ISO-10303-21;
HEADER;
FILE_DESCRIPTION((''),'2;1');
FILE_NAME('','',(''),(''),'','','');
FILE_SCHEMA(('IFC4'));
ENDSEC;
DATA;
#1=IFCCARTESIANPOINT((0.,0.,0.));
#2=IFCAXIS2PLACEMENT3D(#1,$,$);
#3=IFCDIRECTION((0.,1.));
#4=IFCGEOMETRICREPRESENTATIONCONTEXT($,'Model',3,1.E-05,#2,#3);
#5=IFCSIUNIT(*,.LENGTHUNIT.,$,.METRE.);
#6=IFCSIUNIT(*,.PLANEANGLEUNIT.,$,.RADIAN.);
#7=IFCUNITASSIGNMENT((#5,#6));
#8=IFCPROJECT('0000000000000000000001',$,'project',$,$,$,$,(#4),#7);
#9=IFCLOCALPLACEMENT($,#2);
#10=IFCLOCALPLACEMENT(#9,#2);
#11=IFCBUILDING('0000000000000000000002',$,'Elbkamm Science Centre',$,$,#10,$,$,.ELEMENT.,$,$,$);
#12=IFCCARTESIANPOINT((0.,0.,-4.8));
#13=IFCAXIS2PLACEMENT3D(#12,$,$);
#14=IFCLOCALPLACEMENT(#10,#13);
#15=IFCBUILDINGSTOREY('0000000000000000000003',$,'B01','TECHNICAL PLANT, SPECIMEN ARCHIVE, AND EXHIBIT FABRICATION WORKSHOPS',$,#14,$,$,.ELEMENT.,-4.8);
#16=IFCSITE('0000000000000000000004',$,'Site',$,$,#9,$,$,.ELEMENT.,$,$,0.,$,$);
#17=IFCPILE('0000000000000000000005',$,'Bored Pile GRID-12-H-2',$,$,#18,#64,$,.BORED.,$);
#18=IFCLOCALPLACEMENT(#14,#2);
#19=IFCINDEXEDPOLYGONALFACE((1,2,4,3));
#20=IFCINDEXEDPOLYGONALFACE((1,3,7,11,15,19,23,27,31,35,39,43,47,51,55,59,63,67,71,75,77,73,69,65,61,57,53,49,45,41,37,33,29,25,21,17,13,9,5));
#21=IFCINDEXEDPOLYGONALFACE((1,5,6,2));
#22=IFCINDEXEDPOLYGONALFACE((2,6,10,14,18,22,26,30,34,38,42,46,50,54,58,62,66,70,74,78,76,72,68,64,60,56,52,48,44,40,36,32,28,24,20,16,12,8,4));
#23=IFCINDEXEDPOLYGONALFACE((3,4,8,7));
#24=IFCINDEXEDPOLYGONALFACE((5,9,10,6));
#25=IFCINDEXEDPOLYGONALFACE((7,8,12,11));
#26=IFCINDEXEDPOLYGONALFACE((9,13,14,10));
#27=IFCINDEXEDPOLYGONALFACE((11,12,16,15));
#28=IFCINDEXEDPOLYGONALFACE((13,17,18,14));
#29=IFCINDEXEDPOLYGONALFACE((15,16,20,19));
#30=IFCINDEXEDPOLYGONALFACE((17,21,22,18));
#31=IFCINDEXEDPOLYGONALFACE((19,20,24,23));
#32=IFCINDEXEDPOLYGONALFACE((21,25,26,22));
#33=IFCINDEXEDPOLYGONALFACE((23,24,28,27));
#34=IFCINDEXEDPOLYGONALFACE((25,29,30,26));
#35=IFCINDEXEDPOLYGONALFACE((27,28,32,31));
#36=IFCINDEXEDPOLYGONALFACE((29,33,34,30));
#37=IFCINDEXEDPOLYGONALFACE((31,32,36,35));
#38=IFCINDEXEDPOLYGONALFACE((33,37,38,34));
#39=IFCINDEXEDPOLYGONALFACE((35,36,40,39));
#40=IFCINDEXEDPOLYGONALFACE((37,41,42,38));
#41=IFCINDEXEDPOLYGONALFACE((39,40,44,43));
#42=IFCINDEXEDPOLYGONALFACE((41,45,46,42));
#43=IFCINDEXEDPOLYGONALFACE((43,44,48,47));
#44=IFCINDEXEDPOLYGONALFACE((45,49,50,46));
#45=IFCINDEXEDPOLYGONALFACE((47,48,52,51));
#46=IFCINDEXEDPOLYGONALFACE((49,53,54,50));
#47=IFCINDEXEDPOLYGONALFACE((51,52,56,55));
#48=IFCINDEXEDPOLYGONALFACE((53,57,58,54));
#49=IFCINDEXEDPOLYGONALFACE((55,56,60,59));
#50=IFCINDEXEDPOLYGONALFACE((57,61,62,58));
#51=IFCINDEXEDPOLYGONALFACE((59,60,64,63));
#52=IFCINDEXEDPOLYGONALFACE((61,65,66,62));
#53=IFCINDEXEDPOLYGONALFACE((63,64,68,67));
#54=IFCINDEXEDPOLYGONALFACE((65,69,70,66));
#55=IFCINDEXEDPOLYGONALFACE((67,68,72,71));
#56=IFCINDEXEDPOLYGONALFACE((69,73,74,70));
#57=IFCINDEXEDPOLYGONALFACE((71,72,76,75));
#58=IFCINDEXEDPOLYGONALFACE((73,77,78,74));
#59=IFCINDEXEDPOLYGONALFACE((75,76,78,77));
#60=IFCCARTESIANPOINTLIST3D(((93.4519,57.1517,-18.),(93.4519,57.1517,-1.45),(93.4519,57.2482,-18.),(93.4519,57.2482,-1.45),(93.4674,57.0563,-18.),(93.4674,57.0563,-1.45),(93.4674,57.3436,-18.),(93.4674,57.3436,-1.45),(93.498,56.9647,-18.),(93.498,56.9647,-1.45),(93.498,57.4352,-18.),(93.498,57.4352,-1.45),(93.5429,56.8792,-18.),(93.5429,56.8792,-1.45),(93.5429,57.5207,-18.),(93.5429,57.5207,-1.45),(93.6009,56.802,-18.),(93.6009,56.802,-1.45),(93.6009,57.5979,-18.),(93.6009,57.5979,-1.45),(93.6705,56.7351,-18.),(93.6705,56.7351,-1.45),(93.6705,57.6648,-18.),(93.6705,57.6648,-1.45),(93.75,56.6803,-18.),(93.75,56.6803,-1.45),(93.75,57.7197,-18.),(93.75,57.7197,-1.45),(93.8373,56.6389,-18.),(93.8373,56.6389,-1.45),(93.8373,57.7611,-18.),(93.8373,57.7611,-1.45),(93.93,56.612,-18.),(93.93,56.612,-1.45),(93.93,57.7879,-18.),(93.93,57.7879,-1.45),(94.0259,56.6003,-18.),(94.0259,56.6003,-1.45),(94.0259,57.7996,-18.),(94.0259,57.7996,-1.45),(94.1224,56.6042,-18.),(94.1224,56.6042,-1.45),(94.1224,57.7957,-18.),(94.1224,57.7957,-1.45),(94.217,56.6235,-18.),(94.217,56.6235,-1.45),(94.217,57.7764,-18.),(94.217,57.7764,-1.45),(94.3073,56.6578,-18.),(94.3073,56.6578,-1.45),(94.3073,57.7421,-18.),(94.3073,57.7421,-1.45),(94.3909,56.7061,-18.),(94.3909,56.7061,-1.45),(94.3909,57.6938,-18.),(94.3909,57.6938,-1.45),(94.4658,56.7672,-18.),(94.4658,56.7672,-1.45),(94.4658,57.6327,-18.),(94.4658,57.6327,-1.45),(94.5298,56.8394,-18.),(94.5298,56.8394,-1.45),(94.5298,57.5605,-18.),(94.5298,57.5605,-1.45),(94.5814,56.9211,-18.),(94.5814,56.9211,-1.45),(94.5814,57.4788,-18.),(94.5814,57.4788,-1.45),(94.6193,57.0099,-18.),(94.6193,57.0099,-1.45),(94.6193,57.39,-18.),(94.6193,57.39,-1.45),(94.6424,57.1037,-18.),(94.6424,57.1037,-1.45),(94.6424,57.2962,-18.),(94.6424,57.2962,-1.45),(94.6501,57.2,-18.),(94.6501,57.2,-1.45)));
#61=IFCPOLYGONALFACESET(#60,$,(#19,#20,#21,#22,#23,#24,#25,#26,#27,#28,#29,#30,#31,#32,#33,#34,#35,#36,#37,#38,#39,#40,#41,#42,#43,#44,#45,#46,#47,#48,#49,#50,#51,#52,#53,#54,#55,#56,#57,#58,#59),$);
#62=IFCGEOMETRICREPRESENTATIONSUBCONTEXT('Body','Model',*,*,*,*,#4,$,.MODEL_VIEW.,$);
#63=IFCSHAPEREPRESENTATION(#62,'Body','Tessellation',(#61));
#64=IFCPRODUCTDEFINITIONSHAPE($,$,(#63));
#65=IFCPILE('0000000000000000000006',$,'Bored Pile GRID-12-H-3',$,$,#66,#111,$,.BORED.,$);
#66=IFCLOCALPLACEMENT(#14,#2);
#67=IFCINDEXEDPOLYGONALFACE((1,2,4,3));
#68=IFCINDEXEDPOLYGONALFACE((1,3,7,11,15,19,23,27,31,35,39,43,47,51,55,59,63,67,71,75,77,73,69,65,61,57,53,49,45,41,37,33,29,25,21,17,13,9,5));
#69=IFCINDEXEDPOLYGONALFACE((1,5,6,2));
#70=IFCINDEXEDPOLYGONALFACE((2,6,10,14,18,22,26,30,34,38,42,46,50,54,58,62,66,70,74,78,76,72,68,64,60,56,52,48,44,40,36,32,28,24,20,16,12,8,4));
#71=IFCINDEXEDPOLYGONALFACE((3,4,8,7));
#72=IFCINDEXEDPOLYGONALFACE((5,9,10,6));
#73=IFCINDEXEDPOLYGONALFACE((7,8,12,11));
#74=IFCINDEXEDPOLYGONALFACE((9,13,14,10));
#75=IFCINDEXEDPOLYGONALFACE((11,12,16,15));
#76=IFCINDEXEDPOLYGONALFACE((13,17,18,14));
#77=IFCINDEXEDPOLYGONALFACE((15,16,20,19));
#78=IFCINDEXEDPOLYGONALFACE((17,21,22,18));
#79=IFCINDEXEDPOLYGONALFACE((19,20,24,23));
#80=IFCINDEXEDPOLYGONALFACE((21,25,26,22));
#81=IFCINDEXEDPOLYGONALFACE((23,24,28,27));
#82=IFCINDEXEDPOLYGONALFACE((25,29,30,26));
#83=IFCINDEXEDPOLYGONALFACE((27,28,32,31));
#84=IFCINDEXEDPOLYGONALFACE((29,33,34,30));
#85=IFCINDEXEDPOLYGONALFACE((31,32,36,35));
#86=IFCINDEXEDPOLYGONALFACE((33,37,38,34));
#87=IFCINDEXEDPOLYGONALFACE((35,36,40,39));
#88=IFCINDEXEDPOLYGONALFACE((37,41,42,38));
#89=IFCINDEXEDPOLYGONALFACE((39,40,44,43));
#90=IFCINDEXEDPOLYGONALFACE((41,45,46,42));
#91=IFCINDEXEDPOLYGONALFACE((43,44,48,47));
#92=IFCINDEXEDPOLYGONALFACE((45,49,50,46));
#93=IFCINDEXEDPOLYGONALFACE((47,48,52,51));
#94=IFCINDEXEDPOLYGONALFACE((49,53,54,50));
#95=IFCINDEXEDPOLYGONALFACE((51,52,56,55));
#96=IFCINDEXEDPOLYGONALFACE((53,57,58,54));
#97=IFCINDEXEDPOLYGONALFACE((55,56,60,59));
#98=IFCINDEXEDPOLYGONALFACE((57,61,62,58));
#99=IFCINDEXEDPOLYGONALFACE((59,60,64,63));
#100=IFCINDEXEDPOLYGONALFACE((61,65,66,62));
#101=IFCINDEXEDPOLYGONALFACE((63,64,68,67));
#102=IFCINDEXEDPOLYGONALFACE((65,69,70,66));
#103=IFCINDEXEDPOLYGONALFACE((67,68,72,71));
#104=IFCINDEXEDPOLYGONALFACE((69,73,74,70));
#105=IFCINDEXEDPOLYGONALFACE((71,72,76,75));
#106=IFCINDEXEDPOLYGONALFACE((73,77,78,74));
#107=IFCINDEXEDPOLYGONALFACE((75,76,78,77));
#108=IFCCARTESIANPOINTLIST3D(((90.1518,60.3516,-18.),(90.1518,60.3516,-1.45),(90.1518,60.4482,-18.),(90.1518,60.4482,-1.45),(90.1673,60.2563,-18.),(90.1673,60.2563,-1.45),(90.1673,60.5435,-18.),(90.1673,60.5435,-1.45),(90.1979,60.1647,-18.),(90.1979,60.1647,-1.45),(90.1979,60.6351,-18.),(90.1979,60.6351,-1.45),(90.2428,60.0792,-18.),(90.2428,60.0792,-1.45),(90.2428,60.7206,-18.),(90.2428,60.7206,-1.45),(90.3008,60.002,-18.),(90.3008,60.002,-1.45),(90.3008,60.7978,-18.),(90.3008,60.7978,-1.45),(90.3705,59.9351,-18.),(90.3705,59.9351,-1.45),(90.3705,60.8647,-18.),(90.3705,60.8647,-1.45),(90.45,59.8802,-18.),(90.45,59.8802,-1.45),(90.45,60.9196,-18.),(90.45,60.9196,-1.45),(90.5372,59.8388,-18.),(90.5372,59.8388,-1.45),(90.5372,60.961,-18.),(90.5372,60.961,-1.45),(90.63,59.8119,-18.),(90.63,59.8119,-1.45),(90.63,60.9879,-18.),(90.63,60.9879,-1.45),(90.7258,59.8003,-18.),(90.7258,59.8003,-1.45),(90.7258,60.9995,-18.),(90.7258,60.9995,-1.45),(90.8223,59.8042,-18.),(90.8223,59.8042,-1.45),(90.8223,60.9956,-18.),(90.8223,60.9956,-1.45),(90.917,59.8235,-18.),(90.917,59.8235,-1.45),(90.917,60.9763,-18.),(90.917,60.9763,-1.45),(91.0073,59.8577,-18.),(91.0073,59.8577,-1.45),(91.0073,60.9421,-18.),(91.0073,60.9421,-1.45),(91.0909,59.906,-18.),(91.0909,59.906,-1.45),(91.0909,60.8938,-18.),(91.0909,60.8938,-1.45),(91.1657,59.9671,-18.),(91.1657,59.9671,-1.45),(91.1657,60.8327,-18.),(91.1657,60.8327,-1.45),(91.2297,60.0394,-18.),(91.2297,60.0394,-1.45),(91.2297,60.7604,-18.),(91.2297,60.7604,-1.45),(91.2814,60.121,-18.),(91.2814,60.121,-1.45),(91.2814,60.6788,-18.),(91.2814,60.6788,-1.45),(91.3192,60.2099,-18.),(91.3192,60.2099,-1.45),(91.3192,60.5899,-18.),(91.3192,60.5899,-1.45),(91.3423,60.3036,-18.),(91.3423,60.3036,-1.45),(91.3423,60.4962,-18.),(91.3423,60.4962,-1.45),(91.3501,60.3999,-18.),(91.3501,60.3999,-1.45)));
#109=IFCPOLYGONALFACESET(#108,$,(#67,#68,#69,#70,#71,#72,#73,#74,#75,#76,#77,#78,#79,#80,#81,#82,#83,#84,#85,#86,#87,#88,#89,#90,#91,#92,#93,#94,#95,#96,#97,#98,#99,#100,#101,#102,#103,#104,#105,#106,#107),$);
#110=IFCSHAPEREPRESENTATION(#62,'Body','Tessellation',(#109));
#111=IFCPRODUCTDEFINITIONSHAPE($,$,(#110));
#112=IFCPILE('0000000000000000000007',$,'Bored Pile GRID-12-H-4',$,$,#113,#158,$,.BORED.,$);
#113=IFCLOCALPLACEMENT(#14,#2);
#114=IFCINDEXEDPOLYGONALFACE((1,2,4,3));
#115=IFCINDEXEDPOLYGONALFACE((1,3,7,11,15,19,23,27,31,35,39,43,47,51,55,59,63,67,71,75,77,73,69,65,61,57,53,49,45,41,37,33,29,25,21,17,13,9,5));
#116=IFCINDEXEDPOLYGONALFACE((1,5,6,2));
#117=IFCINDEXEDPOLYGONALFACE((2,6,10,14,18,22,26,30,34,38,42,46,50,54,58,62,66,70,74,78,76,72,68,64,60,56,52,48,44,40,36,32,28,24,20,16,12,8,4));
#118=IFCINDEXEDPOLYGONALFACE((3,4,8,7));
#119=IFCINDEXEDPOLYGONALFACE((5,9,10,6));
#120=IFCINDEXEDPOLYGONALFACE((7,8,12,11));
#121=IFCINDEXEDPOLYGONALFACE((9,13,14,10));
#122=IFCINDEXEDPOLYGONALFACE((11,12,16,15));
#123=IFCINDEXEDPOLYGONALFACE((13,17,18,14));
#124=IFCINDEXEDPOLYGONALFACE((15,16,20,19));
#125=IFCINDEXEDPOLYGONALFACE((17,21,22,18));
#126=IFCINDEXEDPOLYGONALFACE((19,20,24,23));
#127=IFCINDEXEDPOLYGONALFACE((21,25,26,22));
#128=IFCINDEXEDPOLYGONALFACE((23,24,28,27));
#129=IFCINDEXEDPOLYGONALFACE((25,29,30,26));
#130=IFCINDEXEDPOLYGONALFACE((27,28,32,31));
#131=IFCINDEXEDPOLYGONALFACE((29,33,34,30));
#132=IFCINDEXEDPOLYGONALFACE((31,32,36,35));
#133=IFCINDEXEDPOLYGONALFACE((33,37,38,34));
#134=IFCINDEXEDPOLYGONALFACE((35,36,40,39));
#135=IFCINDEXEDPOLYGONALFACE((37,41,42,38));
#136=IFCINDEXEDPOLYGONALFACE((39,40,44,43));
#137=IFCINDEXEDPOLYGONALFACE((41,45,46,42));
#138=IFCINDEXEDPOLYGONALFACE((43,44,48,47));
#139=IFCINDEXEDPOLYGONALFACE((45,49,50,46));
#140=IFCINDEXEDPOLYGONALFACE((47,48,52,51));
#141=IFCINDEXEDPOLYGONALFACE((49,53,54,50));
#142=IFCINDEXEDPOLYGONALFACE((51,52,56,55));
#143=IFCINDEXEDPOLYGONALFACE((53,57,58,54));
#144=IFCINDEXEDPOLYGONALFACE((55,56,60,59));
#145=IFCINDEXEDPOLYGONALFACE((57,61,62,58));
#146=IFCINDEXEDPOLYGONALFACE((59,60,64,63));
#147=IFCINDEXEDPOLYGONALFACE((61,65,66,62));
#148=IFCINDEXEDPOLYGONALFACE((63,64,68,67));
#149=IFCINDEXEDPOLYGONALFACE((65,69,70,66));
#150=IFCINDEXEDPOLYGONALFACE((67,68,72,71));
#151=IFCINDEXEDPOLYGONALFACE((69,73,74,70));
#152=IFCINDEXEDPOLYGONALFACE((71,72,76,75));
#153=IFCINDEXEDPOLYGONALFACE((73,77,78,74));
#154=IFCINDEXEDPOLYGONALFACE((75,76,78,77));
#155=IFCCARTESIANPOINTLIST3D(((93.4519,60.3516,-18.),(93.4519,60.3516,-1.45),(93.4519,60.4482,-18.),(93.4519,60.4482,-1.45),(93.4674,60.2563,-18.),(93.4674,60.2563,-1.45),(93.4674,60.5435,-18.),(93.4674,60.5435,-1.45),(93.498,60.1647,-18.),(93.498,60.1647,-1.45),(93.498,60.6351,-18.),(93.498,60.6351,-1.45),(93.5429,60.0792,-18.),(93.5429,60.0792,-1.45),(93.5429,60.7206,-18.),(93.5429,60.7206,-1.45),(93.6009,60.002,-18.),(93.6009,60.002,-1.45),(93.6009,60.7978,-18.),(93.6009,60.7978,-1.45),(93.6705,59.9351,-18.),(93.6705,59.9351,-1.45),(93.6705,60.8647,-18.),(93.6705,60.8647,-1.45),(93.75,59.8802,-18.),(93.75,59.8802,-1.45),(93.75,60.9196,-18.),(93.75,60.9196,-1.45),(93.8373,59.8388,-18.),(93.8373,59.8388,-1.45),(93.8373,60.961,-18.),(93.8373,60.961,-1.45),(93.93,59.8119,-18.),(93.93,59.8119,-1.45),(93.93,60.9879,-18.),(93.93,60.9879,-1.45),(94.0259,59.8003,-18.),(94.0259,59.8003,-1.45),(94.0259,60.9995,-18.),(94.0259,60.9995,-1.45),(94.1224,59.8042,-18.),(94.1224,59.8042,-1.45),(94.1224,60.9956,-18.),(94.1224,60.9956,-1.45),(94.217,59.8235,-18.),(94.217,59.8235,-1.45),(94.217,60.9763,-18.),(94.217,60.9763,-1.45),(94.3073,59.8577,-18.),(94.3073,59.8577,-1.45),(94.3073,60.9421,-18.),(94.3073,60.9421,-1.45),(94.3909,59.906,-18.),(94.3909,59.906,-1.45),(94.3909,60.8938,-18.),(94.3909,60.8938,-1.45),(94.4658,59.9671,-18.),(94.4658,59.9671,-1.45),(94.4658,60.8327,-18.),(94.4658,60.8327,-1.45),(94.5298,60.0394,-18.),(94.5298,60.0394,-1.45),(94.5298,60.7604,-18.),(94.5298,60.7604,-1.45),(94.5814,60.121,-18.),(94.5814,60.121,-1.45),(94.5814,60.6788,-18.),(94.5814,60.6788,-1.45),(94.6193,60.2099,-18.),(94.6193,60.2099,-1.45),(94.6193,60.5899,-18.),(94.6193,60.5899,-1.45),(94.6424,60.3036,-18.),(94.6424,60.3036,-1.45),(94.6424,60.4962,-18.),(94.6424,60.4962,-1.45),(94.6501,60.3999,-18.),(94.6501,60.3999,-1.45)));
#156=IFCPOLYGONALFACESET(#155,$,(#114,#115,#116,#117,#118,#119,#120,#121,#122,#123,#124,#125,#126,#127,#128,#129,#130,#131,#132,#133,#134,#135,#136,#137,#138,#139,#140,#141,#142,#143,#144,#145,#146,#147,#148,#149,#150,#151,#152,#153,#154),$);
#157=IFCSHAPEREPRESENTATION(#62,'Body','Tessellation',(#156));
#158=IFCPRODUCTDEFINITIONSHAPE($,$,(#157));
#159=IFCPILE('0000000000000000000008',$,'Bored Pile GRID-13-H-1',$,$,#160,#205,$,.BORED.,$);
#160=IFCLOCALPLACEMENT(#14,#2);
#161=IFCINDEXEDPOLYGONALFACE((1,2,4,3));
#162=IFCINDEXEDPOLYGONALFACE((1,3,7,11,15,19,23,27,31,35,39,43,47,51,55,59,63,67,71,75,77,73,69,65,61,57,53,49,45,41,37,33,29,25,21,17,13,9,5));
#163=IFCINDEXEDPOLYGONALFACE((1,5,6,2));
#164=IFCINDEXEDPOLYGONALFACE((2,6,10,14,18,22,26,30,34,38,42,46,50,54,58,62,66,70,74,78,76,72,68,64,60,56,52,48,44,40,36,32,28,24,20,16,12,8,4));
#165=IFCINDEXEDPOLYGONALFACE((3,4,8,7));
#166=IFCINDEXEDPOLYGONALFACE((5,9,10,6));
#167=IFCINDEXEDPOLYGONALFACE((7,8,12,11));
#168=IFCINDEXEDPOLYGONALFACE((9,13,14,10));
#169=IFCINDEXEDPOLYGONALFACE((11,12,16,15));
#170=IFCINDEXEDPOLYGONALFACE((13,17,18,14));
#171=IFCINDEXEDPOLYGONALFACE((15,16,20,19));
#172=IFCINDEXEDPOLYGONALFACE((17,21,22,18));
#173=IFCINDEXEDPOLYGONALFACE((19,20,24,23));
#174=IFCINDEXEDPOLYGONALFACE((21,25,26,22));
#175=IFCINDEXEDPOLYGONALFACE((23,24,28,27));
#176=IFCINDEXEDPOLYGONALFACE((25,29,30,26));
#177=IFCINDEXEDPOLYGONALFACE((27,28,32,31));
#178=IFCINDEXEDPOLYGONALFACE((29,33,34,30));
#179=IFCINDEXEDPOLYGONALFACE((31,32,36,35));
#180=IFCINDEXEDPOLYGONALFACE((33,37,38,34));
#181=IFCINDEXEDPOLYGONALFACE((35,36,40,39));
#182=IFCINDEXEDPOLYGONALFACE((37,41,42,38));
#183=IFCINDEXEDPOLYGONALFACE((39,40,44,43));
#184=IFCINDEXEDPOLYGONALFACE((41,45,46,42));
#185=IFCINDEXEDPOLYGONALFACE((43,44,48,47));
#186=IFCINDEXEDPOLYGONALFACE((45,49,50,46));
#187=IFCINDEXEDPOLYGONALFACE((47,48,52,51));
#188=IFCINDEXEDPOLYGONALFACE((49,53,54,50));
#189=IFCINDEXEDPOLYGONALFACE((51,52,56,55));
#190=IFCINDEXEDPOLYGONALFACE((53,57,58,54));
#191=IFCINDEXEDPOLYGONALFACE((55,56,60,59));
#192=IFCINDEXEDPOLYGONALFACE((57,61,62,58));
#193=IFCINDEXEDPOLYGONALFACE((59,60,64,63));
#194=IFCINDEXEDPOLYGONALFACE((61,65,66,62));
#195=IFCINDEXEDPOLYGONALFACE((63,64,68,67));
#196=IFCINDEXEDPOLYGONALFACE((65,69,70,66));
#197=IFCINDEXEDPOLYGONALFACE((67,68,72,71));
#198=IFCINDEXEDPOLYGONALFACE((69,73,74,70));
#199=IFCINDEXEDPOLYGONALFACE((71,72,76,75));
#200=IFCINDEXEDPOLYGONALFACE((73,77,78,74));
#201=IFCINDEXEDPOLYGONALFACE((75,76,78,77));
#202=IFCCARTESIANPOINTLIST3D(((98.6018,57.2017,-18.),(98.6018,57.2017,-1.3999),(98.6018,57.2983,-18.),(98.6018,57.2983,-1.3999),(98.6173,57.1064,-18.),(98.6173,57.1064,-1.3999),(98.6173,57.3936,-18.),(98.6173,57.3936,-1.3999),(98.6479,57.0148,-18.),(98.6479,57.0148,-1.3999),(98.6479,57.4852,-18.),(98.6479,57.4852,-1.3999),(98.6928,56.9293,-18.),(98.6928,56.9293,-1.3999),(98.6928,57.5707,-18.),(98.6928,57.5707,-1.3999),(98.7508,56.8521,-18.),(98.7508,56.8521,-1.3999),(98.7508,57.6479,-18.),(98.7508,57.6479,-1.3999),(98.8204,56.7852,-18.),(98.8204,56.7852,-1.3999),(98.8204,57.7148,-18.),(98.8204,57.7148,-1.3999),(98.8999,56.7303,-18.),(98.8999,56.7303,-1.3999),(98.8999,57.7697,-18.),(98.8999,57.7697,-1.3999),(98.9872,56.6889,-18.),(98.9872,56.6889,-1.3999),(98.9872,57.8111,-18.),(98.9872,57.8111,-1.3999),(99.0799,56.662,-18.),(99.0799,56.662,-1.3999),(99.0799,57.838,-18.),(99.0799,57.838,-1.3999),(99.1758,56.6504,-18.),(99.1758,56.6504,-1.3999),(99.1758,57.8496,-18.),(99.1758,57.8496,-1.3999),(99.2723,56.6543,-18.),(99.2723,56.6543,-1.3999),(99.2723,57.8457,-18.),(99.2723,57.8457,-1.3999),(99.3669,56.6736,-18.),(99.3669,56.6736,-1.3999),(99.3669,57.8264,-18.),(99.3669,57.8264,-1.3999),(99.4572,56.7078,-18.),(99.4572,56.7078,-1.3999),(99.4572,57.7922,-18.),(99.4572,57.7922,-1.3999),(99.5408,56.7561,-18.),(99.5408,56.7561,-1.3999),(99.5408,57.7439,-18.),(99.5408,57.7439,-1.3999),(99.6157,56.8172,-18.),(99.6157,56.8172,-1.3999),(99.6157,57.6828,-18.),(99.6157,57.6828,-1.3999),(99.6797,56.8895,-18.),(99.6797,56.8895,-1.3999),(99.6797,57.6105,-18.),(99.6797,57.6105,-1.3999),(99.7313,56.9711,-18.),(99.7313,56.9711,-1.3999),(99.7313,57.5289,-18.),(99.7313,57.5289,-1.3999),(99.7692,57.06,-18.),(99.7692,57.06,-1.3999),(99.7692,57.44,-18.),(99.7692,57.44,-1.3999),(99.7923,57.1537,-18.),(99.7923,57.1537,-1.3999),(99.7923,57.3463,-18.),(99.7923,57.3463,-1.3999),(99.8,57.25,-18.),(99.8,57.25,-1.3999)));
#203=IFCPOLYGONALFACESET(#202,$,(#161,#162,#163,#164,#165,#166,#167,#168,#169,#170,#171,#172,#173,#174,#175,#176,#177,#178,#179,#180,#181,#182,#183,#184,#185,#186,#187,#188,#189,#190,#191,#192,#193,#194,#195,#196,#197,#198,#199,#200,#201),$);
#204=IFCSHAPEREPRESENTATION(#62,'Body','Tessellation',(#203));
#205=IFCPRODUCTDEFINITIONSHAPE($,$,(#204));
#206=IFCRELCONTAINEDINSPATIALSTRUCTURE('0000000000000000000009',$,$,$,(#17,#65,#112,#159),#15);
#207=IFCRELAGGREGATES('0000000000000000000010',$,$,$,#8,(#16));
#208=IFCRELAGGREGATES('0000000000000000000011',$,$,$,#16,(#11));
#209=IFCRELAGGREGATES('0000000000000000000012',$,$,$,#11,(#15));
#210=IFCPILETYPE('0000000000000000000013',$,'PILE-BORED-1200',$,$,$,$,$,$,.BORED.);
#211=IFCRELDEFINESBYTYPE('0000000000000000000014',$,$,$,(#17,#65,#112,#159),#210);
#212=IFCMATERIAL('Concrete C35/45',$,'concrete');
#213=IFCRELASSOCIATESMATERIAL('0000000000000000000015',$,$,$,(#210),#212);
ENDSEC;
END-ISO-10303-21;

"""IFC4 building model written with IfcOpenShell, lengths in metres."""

from ifc_helpers import new_model, si_unit, direction, frame, origin, origin_2d, place, context, subcontext, project, spatial, circle, extrude, material, material_profile, profile_set, type_object, element, save


model = new_model("IFC4")

# Units and contexts
model_context = context("Model", 3, precision=1e-05, world=origin(), true_north=direction((0.0, 1.0)))
body_context = subcontext(model_context, "Body", "Model", "MODEL_VIEW")
ifc_project = project(units=[si_unit("LENGTHUNIT", "METRE"), si_unit("PLANEANGLEUNIT", "RADIAN")], contexts=[model_context])

# Site, building, storey
site_placement = place(None, origin())
site = spatial("IfcSite", under=ifc_project, at=site_placement, Name="Site", CompositionType="ELEMENT", RefElevation=0.0)
building_placement = place(site_placement, origin())
building = spatial("IfcBuilding", under=site, at=building_placement, Name="Elbkamm Science Centre", CompositionType="ELEMENT")
storey_placement = place(building_placement, frame((0.0, 0.0, -4.8)))
storey = spatial("IfcBuildingStorey", under=building, at=storey_placement, Name="B01", Description="TECHNICAL PLANT, SPECIMEN ARCHIVE, AND EXHIBIT FABRICATION WORKSHOPS", CompositionType="ELEMENT", Elevation=-4.8)

# Shared definitions
ifc_material_1 = material(Name="Concrete C35/45", Category="concrete")

# Piles
ifc_material_profile_1 = material_profile(ifc_material_1, circle(Radius=0.6001, at=origin_2d()), Name="PILE D1200")
ifc_profile_set_1 = profile_set([ifc_material_profile_1], Name="Concrete C35/45")
pile_type_1 = type_object("IfcPileType", Name="PILE-BORED-1200", PredefinedType="BORED", material=ifc_profile_set_1)
for number, where, z_axis, x_axis, name in (
    (1, (94.05, 57.2, -1.45), (0.0, 0.0, -1.0), (1.0, 0.0, 0.0), "Bored Pile GRID-12-H-2"),
    (2, (90.75, 60.3999, -1.45), (0.0, 0.0, -1.0), (1.0, 0.0, 0.0), "Bored Pile GRID-12-H-3"),
    (3, (94.05, 60.3999, -1.45), (0.0, 0.0, -1.0), (1.0, 0.0, 0.0), "Bored Pile GRID-12-H-4"),
):
    element("IfcPile", number, at=place(storey_placement, frame(where, z_axis=z_axis, x_axis=x_axis)), inside=storey, type_object=pile_type_1, Name=name, PredefinedType="BORED", context=body_context, shape_type="SweptSolid", body=[
        extrude(circle(Radius=0.6001, at=origin_2d()), origin(), (0.0, 0.0, 1.0), 16.55),
    ])
for number, where, z_axis, x_axis, name in (
    (4, (99.2, 57.25, -1.3999), (0.0, 0.0, -1.0), (1.0, 0.0, 0.0), "Bored Pile GRID-13-H-1"),
):
    element("IfcPile", number, at=place(storey_placement, frame(where, z_axis=z_axis, x_axis=x_axis)), inside=storey, type_object=pile_type_1, Name=name, PredefinedType="BORED", context=body_context, shape_type="SweptSolid", body=[
        extrude(circle(Radius=0.6001, at=origin_2d()), origin(), (0.0, 0.0, 1.0), 16.6001),
    ])

save(model, "model.ifc")
